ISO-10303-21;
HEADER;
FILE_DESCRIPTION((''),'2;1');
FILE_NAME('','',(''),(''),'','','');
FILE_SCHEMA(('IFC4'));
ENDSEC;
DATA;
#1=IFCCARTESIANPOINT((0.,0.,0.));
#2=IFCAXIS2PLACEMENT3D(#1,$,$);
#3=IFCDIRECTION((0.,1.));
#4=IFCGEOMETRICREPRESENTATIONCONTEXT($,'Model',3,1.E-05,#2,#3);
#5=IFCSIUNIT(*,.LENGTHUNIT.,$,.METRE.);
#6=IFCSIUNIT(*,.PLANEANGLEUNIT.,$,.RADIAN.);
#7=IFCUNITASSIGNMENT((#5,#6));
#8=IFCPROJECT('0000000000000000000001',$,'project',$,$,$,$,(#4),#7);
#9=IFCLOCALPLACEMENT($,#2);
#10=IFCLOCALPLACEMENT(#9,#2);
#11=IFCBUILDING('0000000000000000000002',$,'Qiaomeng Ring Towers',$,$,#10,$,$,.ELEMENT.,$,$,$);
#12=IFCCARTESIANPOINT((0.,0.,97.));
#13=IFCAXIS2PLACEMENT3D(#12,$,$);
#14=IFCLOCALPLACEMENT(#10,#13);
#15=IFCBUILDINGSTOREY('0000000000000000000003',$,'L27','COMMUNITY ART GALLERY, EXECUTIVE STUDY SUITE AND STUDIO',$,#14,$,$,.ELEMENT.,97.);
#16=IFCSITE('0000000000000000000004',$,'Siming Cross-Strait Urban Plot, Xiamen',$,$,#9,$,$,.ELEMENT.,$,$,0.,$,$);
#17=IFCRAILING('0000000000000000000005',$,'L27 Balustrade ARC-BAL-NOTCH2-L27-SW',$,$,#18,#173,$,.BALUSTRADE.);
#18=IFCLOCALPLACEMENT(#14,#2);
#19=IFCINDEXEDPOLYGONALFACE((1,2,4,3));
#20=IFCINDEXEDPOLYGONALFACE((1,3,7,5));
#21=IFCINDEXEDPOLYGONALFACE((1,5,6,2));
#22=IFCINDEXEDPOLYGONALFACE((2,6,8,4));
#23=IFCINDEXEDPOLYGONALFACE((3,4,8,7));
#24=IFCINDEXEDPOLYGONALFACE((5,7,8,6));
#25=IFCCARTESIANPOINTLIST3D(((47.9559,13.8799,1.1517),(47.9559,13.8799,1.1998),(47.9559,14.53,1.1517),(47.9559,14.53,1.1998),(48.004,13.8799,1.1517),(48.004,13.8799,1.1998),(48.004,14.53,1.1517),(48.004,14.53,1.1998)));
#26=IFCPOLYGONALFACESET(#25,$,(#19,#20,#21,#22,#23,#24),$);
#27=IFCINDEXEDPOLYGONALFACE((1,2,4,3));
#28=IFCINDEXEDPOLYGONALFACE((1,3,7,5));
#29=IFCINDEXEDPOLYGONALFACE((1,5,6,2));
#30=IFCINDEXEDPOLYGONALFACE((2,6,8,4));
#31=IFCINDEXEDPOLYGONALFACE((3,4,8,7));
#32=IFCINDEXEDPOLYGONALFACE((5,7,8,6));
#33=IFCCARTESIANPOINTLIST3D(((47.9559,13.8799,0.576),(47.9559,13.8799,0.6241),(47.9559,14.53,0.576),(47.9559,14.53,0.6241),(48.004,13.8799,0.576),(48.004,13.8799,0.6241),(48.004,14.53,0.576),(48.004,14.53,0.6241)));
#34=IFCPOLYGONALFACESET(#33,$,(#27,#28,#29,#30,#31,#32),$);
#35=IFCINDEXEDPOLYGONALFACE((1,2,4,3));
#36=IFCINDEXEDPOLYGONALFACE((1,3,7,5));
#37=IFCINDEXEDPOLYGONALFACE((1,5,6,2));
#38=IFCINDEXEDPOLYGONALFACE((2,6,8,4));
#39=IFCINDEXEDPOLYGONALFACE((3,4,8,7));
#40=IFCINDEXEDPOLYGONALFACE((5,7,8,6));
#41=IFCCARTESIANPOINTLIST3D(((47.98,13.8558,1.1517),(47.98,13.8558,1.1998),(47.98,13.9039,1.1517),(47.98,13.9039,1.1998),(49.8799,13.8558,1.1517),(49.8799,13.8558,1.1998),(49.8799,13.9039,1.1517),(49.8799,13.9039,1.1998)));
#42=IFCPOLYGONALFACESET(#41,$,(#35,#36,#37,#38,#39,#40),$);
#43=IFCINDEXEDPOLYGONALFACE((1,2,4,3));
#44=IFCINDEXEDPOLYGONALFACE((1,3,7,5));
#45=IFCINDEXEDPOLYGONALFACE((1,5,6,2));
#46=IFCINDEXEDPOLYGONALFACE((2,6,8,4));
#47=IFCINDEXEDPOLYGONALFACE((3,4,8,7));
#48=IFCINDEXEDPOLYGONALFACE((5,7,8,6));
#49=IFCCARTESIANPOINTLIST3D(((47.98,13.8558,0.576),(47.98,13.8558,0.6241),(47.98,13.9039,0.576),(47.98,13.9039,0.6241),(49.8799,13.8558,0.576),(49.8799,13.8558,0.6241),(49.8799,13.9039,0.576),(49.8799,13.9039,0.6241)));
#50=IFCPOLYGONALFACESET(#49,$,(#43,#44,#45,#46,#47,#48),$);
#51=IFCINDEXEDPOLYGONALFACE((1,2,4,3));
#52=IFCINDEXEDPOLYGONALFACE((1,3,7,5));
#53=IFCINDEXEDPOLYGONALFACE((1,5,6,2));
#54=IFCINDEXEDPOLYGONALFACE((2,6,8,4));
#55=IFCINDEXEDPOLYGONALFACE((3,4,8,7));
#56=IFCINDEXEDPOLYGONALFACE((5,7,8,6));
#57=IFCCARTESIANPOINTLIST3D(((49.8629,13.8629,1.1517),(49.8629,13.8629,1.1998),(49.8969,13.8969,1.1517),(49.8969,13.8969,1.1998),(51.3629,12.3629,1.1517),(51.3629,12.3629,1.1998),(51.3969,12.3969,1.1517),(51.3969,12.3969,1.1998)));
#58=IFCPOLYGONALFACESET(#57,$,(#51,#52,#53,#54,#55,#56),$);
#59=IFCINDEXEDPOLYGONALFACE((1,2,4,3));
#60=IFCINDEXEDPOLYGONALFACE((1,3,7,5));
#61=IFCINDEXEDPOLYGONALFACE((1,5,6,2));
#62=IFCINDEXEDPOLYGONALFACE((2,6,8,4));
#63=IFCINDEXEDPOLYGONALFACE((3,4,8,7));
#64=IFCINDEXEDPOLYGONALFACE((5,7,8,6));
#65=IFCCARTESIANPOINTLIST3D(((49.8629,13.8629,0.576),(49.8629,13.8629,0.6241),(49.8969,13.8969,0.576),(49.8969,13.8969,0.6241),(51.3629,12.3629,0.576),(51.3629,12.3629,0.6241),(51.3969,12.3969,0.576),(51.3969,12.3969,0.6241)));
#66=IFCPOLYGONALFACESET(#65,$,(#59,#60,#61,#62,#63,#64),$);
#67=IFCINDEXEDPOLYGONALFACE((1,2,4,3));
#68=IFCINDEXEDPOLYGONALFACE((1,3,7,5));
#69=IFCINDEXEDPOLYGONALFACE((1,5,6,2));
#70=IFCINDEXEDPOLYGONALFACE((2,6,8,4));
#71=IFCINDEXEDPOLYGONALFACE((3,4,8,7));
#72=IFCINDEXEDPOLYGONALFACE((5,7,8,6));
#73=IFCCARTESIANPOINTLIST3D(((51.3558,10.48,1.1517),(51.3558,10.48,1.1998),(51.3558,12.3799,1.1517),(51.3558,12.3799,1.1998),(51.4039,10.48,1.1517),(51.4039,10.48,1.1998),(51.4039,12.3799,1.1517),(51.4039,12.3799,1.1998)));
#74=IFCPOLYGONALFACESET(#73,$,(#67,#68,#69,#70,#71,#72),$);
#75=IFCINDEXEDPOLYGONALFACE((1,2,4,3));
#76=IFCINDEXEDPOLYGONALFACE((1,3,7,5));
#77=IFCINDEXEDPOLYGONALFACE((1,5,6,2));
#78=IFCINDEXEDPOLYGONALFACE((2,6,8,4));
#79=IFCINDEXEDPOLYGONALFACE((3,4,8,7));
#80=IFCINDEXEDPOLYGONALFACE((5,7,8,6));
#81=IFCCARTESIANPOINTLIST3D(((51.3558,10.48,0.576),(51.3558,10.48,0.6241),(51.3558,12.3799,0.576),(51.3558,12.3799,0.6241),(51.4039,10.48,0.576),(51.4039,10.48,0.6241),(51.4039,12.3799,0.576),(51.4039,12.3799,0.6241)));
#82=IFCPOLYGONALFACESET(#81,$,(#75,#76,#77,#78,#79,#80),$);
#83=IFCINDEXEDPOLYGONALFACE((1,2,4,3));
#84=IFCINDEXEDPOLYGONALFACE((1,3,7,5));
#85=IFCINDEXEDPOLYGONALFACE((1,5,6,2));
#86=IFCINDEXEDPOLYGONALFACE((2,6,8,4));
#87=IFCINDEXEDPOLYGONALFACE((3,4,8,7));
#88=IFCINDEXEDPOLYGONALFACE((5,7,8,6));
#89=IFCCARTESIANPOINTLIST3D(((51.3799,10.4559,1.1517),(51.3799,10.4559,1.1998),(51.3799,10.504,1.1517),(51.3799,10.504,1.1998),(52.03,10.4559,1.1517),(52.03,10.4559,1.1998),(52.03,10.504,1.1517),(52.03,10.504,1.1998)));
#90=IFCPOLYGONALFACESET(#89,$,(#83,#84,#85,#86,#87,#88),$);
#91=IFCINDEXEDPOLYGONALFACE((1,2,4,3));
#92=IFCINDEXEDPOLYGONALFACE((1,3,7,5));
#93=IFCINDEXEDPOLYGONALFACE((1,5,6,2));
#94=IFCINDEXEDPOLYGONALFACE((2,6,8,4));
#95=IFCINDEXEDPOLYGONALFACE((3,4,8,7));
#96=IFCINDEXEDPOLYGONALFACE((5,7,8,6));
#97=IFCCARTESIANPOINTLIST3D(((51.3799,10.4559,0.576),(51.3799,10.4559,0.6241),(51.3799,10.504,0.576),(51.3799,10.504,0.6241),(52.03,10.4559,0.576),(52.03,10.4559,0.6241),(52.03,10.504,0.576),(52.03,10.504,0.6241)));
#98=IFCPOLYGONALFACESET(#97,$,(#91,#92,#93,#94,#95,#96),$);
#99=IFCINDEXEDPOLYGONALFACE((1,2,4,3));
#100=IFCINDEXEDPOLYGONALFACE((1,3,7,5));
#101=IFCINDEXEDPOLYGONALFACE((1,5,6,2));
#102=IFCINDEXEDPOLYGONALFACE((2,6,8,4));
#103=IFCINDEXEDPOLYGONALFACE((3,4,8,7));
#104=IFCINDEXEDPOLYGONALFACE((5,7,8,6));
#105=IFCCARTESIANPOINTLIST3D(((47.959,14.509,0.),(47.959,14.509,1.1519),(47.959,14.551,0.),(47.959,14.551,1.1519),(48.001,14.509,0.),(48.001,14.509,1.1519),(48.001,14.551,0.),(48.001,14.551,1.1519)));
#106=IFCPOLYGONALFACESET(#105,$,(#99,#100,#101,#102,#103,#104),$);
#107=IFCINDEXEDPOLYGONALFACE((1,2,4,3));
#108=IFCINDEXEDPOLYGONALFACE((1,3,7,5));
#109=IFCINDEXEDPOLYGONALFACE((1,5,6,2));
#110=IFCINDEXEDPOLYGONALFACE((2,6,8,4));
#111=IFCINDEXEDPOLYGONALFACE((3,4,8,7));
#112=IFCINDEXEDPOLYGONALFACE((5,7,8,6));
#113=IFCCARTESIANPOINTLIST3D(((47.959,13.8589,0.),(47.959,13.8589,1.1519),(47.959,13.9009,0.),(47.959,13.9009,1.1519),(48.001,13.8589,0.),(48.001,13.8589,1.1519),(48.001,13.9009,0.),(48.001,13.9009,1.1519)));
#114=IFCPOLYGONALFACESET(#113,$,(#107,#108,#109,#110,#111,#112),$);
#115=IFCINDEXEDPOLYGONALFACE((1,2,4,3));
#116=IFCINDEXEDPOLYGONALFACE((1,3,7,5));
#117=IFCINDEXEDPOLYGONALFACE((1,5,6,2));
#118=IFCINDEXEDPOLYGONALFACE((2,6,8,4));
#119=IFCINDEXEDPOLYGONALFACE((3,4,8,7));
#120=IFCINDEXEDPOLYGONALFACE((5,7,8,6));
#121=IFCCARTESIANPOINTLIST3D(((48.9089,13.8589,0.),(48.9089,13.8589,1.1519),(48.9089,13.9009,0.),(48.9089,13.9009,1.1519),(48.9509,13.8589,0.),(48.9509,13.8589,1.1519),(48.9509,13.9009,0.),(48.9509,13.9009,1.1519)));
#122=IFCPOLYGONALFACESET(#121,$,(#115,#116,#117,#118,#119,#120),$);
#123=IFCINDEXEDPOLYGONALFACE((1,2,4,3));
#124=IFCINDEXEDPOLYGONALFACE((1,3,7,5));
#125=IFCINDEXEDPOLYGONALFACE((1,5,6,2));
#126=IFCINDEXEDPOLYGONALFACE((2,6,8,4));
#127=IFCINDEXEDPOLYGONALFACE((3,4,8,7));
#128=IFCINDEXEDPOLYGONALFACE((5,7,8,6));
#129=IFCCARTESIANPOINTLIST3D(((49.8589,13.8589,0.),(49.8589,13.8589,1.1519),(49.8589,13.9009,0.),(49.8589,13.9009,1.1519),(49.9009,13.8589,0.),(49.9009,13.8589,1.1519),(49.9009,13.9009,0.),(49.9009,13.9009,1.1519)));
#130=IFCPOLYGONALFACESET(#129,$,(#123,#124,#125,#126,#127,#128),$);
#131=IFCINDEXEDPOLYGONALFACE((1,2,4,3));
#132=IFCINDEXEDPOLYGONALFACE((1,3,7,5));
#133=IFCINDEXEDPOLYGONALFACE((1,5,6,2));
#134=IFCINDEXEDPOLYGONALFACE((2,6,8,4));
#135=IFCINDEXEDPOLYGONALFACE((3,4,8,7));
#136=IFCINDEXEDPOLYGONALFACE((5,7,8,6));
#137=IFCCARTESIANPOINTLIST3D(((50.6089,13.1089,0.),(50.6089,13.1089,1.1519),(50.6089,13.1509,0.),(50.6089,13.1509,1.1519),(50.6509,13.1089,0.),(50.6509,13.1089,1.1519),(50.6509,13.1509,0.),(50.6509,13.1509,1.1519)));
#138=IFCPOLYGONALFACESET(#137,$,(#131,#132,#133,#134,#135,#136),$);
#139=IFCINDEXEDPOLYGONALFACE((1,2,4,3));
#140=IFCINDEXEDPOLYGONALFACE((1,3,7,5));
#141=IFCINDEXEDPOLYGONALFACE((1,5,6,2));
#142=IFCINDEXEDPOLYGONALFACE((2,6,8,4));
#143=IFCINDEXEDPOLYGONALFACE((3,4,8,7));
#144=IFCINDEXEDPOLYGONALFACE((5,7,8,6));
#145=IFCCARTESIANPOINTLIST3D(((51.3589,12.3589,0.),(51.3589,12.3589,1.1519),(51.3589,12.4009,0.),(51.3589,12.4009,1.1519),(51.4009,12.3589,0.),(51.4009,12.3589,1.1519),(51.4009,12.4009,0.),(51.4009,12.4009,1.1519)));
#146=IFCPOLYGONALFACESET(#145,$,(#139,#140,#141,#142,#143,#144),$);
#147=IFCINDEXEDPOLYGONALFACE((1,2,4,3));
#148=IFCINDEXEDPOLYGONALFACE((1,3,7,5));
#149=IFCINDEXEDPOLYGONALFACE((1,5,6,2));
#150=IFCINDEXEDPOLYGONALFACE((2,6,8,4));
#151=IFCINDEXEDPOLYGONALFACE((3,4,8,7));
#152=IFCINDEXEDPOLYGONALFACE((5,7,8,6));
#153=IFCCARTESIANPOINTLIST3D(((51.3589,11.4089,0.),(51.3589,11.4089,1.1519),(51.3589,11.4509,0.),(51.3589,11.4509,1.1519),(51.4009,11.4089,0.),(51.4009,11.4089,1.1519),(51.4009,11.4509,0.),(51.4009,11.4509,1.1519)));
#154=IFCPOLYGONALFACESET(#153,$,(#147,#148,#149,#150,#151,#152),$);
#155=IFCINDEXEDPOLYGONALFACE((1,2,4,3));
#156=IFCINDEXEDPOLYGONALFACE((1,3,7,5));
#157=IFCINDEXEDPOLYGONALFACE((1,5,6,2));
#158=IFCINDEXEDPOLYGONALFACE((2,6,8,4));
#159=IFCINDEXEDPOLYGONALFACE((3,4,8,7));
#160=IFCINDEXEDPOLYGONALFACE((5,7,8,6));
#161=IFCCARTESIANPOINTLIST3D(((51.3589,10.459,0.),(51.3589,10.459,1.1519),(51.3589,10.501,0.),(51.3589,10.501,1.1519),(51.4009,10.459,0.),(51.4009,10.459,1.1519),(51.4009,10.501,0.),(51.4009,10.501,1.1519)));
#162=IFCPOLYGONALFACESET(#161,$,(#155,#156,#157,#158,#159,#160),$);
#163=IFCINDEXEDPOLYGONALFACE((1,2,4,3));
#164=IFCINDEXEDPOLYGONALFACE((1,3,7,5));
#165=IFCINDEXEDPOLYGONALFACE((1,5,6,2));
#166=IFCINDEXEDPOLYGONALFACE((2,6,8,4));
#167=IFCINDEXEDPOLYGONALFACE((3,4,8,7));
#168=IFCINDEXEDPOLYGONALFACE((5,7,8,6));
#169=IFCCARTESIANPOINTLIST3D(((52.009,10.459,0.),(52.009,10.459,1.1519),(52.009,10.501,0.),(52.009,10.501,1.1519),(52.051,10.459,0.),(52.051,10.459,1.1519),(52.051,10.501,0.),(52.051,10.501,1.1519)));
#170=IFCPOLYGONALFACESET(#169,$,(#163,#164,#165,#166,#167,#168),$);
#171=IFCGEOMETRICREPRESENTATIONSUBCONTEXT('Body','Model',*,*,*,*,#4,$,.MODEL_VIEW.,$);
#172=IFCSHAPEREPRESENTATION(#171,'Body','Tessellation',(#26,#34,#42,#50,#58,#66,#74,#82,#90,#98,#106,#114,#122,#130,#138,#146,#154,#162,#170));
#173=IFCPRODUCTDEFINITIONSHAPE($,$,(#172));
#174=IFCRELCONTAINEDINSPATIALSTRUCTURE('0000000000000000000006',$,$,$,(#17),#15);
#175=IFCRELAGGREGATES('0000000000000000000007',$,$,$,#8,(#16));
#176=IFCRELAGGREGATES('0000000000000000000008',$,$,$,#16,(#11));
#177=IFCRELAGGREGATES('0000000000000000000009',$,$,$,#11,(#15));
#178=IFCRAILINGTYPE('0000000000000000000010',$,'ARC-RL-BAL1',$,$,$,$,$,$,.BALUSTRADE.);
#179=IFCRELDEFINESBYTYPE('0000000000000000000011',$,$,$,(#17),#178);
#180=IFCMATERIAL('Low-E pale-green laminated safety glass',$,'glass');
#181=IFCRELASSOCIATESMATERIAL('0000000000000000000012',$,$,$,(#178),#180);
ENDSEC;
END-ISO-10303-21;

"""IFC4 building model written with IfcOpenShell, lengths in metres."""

from ifc_helpers import new_model, si_unit, direction, frame, origin, origin_2d, place, context, subcontext, project, spatial, rectangle, extrude, material, type_object, element, save


model = new_model("IFC4")

# Units and contexts
model_context = context("Model", 3, precision=1e-05, world=origin(), true_north=direction((0.0, 1.0)))
body_context = subcontext(model_context, "Body", "Model", "MODEL_VIEW")
ifc_project = project(units=[si_unit("LENGTHUNIT", "METRE"), si_unit("PLANEANGLEUNIT", "RADIAN")], contexts=[model_context])

# Site, building, storey
site_placement = place(None, origin())
site = spatial("IfcSite", under=ifc_project, at=site_placement, Name="Siming Cross-Strait Urban Plot, Xiamen", CompositionType="ELEMENT", RefElevation=0.0)
building_placement = place(site_placement, origin())
building = spatial("IfcBuilding", under=site, at=building_placement, Name="Qiaomeng Ring Towers", CompositionType="ELEMENT")
storey_placement = place(building_placement, frame((0.0, 0.0, 97.0)))
storey = spatial("IfcBuildingStorey", under=building, at=storey_placement, Name="L27", Description="COMMUNITY ART GALLERY, EXECUTIVE STUDY SUITE AND STUDIO", CompositionType="ELEMENT", Elevation=97.0)

# Railing
ifc_material_1 = material(Name="Low-E pale-green laminated safety glass", Category="glass")
railing_type = type_object("IfcRailingType", Name="ARC-RL-BAL1", PredefinedType="BALUSTRADE", material=ifc_material_1)
railing_placement = place(storey_placement, frame((47.98, 14.53, 0.0)))
element("IfcRailing", 1, at=railing_placement, inside=storey, type_object=railing_type, Name="L27 Balustrade ARC-BAL-NOTCH2-L27-SW", PredefinedType="BALUSTRADE", context=body_context, shape_type="SweptSolid", body=[
    extrude(rectangle(XDim=0.0481, YDim=0.0481, at=origin_2d()), frame((0.0, 0.0, 1.1758), z_axis=(0.0, -1.0, 0.0), x_axis=(1.0, 0.0, 0.0)), (0.0, 0.0, 1.0), 0.6501),
    extrude(rectangle(XDim=0.0481, YDim=0.0481, at=origin_2d()), frame((0.0, 0.0, 0.6001), z_axis=(0.0, -1.0, 0.0), x_axis=(1.0, 0.0, 0.0)), (0.0, 0.0, 1.0), 0.6501),
    extrude(rectangle(XDim=0.0481, YDim=0.0481, at=origin_2d()), frame((0.0, -0.6501, 1.1758), z_axis=(1.0, 0.0, 0.0), x_axis=(0.0, 1.0, 0.0)), (0.0, 0.0, 1.0), 1.8999),
    extrude(rectangle(XDim=0.0481, YDim=0.0481, at=origin_2d()), frame((0.0, -0.6501, 0.6001), z_axis=(1.0, 0.0, 0.0), x_axis=(0.0, 1.0, 0.0)), (0.0, 0.0, 1.0), 1.8999),
    extrude(rectangle(XDim=0.0481, YDim=0.0481, at=origin_2d()), frame((1.8999, -0.6501, 1.1758), z_axis=(0.707107, -0.707107, 0.0), x_axis=(0.707107, 0.707107, 0.0)), (0.0, 0.0, 1.0), 2.1213),
    extrude(rectangle(XDim=0.0481, YDim=0.0481, at=origin_2d()), frame((1.8999, -0.6501, 0.6001), z_axis=(0.707107, -0.707107, 0.0), x_axis=(0.707107, 0.707107, 0.0)), (0.0, 0.0, 1.0), 2.1213),
    extrude(rectangle(XDim=0.0481, YDim=0.0481, at=origin_2d()), frame((3.3999, -2.1501, 1.1758), z_axis=(0.0, -1.0, 0.0), x_axis=(1.0, 0.0, 0.0)), (0.0, 0.0, 1.0), 1.8999),
    extrude(rectangle(XDim=0.0481, YDim=0.0481, at=origin_2d()), frame((3.3999, -2.1501, 0.6001), z_axis=(0.0, -1.0, 0.0), x_axis=(1.0, 0.0, 0.0)), (0.0, 0.0, 1.0), 1.8999),
    extrude(rectangle(XDim=0.0481, YDim=0.0481, at=origin_2d()), frame((3.3999, -4.05, 1.1758), z_axis=(1.0, 0.0, 0.0), x_axis=(0.0, 1.0, 0.0)), (0.0, 0.0, 1.0), 0.6501),
    extrude(rectangle(XDim=0.0481, YDim=0.0481, at=origin_2d()), frame((3.3999, -4.05, 0.6001), z_axis=(1.0, 0.0, 0.0), x_axis=(0.0, 1.0, 0.0)), (0.0, 0.0, 1.0), 0.6501),
    extrude(rectangle(XDim=0.042, YDim=0.042, at=origin_2d()), origin(), (0.0, 0.0, 1.0), 1.1519),
    extrude(rectangle(XDim=0.042, YDim=0.042, at=origin_2d()), frame((0.0, -0.6501, 0.0)), (0.0, 0.0, 1.0), 1.1519),
    extrude(rectangle(XDim=0.042, YDim=0.042, at=origin_2d()), frame((0.95, -0.6501, 0.0)), (0.0, 0.0, 1.0), 1.1519),
    extrude(rectangle(XDim=0.042, YDim=0.042, at=origin_2d()), frame((1.8999, -0.6501, 0.0)), (0.0, 0.0, 1.0), 1.1519),
    extrude(rectangle(XDim=0.042, YDim=0.042, at=origin_2d()), frame((2.6499, -1.4001, 0.0)), (0.0, 0.0, 1.0), 1.1519),
    extrude(rectangle(XDim=0.042, YDim=0.042, at=origin_2d()), frame((3.3999, -2.1501, 0.0)), (0.0, 0.0, 1.0), 1.1519),
    extrude(rectangle(XDim=0.042, YDim=0.042, at=origin_2d()), frame((3.3999, -3.1001, 0.0)), (0.0, 0.0, 1.0), 1.1519),
    extrude(rectangle(XDim=0.042, YDim=0.042, at=origin_2d()), frame((3.3999, -4.05, 0.0)), (0.0, 0.0, 1.0), 1.1519),
    extrude(rectangle(XDim=0.042, YDim=0.042, at=origin_2d()), frame((4.05, -4.05, 0.0)), (0.0, 0.0, 1.0), 1.1519),
])

save(model, "model.ifc")
